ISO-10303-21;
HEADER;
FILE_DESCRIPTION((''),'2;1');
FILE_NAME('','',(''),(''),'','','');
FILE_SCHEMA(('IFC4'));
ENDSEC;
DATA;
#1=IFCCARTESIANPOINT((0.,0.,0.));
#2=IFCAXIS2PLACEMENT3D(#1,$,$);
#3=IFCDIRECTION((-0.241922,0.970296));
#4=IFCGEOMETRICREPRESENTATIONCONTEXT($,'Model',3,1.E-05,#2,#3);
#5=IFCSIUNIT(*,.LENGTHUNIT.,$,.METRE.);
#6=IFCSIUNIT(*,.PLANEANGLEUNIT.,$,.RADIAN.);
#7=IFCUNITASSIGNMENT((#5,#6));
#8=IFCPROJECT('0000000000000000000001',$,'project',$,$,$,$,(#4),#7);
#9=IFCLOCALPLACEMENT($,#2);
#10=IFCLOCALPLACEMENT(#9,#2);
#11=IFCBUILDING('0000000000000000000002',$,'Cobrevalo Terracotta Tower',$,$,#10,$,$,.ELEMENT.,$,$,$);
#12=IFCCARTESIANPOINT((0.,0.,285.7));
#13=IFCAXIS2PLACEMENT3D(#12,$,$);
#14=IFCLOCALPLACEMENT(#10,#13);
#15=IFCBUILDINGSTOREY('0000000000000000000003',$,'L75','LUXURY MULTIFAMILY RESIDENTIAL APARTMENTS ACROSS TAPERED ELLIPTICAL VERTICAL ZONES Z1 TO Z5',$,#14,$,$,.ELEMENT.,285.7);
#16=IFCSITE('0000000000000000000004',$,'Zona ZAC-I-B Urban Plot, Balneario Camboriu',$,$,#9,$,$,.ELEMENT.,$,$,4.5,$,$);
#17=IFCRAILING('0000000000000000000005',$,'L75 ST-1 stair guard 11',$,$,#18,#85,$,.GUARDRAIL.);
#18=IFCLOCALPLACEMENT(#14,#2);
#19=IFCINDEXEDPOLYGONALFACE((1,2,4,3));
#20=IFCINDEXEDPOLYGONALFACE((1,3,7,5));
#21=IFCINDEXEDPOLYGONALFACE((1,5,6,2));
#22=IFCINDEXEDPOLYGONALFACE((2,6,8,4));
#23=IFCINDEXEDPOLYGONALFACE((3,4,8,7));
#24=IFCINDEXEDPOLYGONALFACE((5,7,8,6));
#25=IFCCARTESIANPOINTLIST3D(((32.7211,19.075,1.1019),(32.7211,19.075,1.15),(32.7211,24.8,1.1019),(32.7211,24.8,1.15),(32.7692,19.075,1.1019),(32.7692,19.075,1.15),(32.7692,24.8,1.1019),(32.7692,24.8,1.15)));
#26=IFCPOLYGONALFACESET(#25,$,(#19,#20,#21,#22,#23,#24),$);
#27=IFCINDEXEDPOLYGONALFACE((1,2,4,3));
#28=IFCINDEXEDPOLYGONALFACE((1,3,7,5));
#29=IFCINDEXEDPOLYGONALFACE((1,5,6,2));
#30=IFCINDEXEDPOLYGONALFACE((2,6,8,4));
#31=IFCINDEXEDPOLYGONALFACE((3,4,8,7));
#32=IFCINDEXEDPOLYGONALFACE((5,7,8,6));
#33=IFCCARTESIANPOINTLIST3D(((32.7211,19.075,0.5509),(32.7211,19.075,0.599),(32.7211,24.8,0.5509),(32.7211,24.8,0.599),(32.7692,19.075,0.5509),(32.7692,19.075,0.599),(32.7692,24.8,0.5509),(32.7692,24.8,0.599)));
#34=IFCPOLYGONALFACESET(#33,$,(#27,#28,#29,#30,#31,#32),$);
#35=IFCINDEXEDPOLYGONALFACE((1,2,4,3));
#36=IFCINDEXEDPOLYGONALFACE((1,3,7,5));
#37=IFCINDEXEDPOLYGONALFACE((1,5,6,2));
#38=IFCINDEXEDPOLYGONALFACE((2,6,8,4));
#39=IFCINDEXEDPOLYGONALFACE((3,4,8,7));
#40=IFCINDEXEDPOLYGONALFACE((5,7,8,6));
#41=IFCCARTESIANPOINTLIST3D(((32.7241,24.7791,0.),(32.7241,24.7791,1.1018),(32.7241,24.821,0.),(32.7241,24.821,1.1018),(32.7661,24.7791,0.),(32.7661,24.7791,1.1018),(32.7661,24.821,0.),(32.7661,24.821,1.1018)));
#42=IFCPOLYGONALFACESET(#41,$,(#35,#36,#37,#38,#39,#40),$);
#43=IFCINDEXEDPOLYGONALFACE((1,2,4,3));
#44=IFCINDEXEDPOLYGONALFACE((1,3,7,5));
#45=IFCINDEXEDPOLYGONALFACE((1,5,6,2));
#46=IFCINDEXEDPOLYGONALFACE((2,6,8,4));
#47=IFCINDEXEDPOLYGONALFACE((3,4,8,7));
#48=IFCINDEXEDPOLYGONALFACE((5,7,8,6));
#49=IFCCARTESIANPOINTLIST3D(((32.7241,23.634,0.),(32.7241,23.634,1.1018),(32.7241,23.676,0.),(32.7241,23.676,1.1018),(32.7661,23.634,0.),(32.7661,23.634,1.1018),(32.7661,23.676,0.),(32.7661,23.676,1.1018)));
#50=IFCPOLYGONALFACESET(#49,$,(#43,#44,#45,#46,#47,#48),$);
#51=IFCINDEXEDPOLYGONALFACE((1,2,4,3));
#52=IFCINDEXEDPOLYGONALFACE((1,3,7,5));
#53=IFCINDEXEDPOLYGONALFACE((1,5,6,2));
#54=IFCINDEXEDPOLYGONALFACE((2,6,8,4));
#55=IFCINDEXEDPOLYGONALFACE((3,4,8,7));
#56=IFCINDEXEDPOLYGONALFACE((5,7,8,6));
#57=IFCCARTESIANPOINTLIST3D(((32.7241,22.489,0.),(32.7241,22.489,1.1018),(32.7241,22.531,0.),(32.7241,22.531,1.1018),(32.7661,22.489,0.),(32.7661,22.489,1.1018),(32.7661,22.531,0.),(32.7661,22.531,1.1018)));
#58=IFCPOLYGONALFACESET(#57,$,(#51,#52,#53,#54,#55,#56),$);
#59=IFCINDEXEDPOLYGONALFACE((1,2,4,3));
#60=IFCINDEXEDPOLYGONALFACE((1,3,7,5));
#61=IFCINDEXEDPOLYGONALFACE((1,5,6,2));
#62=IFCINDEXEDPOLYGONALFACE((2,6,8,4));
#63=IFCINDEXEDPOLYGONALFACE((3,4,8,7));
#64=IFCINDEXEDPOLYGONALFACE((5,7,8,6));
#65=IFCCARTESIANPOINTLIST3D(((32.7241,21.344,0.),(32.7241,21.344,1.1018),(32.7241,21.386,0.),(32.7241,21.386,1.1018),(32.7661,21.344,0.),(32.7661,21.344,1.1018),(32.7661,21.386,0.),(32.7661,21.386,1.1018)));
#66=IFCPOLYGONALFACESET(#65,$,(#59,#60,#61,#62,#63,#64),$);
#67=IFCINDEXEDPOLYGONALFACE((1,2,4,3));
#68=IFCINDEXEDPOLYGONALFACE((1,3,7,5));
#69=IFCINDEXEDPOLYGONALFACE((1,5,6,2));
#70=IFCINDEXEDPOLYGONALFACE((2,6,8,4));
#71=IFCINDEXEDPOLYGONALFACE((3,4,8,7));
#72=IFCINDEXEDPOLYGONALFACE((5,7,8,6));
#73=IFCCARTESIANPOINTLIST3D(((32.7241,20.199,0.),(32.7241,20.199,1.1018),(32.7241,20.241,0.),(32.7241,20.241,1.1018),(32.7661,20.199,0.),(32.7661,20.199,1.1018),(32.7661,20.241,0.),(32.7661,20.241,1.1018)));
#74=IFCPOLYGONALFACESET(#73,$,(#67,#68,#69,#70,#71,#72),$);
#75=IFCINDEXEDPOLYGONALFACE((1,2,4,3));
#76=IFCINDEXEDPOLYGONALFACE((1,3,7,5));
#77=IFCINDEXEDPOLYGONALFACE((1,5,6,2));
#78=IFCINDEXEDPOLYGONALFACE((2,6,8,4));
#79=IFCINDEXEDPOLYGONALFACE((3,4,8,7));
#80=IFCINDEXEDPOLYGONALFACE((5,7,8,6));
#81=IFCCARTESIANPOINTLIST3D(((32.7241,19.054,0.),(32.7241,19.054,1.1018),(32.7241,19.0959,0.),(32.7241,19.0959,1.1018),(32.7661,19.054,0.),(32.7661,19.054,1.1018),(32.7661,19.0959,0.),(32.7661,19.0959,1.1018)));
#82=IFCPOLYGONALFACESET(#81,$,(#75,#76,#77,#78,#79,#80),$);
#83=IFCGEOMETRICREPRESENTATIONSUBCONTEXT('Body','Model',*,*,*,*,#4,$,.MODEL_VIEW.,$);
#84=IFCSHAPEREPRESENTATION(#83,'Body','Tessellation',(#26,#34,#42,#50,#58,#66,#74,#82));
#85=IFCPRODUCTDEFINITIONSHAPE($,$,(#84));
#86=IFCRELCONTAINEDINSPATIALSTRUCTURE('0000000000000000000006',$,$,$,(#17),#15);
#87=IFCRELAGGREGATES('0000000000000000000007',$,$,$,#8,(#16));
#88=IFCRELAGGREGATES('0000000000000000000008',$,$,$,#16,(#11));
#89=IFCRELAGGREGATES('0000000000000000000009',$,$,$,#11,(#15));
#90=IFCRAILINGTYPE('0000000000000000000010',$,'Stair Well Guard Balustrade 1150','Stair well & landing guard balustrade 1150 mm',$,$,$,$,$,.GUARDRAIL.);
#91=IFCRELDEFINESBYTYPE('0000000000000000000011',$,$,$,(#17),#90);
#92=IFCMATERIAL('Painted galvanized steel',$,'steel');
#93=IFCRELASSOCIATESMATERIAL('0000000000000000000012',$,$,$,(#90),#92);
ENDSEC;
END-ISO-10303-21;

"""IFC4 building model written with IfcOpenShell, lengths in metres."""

from ifc_helpers import new_model, si_unit, direction, frame, origin, origin_2d, place, context, subcontext, project, spatial, rectangle, extrude, material, type_object, element, save


model = new_model("IFC4")

# Units and contexts
model_context = context("Model", 3, precision=1e-05, world=origin(), true_north=direction((-0.241922, 0.970296)))
body_context = subcontext(model_context, "Body", "Model", "MODEL_VIEW")
ifc_project = project(units=[si_unit("LENGTHUNIT", "METRE"), si_unit("PLANEANGLEUNIT", "RADIAN")], contexts=[model_context])

# Site, building, storey
site_placement = place(None, origin())
site = spatial("IfcSite", under=ifc_project, at=site_placement, Name="Zona ZAC-I-B Urban Plot, Balneario Camboriu", CompositionType="ELEMENT", RefElevation=4.5)
building_placement = place(site_placement, origin())
building = spatial("IfcBuilding", under=site, at=building_placement, Name="Cobrevalo Terracotta Tower", CompositionType="ELEMENT")
storey_placement = place(building_placement, frame((0.0, 0.0, 285.7)))
storey = spatial("IfcBuildingStorey", under=building, at=storey_placement, Name="L75", Description="LUXURY MULTIFAMILY RESIDENTIAL APARTMENTS ACROSS TAPERED ELLIPTICAL VERTICAL ZONES Z1 TO Z5", CompositionType="ELEMENT", Elevation=285.7)

# Railing
ifc_material_1 = material(Name="Painted galvanized steel", Category="steel")
railing_type_1 = type_object("IfcRailingType", Name="Stair Well Guard Balustrade 1150", Description="Stair well & landing guard balustrade 1150 mm", PredefinedType="GUARDRAIL", material=ifc_material_1)
for number, where, name in (
    (1, (32.7451, 24.8, 0.0), "L75 ST-1 stair guard 11"),
):
    element("IfcRailing", number, at=place(storey_placement, frame(where)), inside=storey, type_object=railing_type_1, Name=name, PredefinedType="GUARDRAIL", context=body_context, shape_type="SweptSolid", body=[
        extrude(rectangle(XDim=0.0481, YDim=0.0481, at=origin_2d()), frame((0.0, 0.0, 1.126), z_axis=(0.0, -1.0, 0.0), x_axis=(1.0, 0.0, 0.0)), (0.0, 0.0, 1.0), 5.7251),
        extrude(rectangle(XDim=0.0481, YDim=0.0481, at=origin_2d()), frame((0.0, 0.0, 0.575), z_axis=(0.0, -1.0, 0.0), x_axis=(1.0, 0.0, 0.0)), (0.0, 0.0, 1.0), 5.7251),
        extrude(rectangle(XDim=0.042, YDim=0.042, at=origin_2d()), origin(), (0.0, 0.0, 1.0), 1.1018),
        extrude(rectangle(XDim=0.042, YDim=0.042, at=origin_2d()), frame((0.0, -1.145, 0.0)), (0.0, 0.0, 1.0), 1.1018),
        extrude(rectangle(XDim=0.042, YDim=0.042, at=origin_2d()), frame((0.0, -2.29, 0.0)), (0.0, 0.0, 1.0), 1.1018),
        extrude(rectangle(XDim=0.042, YDim=0.042, at=origin_2d()), frame((0.0, -3.4351, 0.0)), (0.0, 0.0, 1.0), 1.1018),
        extrude(rectangle(XDim=0.042, YDim=0.042, at=origin_2d()), frame((0.0, -4.5801, 0.0)), (0.0, 0.0, 1.0), 1.1018),
        extrude(rectangle(XDim=0.042, YDim=0.042, at=origin_2d()), frame((0.0, -5.7251, 0.0)), (0.0, 0.0, 1.0), 1.1018),
    ])

save(model, "model.ifc")
